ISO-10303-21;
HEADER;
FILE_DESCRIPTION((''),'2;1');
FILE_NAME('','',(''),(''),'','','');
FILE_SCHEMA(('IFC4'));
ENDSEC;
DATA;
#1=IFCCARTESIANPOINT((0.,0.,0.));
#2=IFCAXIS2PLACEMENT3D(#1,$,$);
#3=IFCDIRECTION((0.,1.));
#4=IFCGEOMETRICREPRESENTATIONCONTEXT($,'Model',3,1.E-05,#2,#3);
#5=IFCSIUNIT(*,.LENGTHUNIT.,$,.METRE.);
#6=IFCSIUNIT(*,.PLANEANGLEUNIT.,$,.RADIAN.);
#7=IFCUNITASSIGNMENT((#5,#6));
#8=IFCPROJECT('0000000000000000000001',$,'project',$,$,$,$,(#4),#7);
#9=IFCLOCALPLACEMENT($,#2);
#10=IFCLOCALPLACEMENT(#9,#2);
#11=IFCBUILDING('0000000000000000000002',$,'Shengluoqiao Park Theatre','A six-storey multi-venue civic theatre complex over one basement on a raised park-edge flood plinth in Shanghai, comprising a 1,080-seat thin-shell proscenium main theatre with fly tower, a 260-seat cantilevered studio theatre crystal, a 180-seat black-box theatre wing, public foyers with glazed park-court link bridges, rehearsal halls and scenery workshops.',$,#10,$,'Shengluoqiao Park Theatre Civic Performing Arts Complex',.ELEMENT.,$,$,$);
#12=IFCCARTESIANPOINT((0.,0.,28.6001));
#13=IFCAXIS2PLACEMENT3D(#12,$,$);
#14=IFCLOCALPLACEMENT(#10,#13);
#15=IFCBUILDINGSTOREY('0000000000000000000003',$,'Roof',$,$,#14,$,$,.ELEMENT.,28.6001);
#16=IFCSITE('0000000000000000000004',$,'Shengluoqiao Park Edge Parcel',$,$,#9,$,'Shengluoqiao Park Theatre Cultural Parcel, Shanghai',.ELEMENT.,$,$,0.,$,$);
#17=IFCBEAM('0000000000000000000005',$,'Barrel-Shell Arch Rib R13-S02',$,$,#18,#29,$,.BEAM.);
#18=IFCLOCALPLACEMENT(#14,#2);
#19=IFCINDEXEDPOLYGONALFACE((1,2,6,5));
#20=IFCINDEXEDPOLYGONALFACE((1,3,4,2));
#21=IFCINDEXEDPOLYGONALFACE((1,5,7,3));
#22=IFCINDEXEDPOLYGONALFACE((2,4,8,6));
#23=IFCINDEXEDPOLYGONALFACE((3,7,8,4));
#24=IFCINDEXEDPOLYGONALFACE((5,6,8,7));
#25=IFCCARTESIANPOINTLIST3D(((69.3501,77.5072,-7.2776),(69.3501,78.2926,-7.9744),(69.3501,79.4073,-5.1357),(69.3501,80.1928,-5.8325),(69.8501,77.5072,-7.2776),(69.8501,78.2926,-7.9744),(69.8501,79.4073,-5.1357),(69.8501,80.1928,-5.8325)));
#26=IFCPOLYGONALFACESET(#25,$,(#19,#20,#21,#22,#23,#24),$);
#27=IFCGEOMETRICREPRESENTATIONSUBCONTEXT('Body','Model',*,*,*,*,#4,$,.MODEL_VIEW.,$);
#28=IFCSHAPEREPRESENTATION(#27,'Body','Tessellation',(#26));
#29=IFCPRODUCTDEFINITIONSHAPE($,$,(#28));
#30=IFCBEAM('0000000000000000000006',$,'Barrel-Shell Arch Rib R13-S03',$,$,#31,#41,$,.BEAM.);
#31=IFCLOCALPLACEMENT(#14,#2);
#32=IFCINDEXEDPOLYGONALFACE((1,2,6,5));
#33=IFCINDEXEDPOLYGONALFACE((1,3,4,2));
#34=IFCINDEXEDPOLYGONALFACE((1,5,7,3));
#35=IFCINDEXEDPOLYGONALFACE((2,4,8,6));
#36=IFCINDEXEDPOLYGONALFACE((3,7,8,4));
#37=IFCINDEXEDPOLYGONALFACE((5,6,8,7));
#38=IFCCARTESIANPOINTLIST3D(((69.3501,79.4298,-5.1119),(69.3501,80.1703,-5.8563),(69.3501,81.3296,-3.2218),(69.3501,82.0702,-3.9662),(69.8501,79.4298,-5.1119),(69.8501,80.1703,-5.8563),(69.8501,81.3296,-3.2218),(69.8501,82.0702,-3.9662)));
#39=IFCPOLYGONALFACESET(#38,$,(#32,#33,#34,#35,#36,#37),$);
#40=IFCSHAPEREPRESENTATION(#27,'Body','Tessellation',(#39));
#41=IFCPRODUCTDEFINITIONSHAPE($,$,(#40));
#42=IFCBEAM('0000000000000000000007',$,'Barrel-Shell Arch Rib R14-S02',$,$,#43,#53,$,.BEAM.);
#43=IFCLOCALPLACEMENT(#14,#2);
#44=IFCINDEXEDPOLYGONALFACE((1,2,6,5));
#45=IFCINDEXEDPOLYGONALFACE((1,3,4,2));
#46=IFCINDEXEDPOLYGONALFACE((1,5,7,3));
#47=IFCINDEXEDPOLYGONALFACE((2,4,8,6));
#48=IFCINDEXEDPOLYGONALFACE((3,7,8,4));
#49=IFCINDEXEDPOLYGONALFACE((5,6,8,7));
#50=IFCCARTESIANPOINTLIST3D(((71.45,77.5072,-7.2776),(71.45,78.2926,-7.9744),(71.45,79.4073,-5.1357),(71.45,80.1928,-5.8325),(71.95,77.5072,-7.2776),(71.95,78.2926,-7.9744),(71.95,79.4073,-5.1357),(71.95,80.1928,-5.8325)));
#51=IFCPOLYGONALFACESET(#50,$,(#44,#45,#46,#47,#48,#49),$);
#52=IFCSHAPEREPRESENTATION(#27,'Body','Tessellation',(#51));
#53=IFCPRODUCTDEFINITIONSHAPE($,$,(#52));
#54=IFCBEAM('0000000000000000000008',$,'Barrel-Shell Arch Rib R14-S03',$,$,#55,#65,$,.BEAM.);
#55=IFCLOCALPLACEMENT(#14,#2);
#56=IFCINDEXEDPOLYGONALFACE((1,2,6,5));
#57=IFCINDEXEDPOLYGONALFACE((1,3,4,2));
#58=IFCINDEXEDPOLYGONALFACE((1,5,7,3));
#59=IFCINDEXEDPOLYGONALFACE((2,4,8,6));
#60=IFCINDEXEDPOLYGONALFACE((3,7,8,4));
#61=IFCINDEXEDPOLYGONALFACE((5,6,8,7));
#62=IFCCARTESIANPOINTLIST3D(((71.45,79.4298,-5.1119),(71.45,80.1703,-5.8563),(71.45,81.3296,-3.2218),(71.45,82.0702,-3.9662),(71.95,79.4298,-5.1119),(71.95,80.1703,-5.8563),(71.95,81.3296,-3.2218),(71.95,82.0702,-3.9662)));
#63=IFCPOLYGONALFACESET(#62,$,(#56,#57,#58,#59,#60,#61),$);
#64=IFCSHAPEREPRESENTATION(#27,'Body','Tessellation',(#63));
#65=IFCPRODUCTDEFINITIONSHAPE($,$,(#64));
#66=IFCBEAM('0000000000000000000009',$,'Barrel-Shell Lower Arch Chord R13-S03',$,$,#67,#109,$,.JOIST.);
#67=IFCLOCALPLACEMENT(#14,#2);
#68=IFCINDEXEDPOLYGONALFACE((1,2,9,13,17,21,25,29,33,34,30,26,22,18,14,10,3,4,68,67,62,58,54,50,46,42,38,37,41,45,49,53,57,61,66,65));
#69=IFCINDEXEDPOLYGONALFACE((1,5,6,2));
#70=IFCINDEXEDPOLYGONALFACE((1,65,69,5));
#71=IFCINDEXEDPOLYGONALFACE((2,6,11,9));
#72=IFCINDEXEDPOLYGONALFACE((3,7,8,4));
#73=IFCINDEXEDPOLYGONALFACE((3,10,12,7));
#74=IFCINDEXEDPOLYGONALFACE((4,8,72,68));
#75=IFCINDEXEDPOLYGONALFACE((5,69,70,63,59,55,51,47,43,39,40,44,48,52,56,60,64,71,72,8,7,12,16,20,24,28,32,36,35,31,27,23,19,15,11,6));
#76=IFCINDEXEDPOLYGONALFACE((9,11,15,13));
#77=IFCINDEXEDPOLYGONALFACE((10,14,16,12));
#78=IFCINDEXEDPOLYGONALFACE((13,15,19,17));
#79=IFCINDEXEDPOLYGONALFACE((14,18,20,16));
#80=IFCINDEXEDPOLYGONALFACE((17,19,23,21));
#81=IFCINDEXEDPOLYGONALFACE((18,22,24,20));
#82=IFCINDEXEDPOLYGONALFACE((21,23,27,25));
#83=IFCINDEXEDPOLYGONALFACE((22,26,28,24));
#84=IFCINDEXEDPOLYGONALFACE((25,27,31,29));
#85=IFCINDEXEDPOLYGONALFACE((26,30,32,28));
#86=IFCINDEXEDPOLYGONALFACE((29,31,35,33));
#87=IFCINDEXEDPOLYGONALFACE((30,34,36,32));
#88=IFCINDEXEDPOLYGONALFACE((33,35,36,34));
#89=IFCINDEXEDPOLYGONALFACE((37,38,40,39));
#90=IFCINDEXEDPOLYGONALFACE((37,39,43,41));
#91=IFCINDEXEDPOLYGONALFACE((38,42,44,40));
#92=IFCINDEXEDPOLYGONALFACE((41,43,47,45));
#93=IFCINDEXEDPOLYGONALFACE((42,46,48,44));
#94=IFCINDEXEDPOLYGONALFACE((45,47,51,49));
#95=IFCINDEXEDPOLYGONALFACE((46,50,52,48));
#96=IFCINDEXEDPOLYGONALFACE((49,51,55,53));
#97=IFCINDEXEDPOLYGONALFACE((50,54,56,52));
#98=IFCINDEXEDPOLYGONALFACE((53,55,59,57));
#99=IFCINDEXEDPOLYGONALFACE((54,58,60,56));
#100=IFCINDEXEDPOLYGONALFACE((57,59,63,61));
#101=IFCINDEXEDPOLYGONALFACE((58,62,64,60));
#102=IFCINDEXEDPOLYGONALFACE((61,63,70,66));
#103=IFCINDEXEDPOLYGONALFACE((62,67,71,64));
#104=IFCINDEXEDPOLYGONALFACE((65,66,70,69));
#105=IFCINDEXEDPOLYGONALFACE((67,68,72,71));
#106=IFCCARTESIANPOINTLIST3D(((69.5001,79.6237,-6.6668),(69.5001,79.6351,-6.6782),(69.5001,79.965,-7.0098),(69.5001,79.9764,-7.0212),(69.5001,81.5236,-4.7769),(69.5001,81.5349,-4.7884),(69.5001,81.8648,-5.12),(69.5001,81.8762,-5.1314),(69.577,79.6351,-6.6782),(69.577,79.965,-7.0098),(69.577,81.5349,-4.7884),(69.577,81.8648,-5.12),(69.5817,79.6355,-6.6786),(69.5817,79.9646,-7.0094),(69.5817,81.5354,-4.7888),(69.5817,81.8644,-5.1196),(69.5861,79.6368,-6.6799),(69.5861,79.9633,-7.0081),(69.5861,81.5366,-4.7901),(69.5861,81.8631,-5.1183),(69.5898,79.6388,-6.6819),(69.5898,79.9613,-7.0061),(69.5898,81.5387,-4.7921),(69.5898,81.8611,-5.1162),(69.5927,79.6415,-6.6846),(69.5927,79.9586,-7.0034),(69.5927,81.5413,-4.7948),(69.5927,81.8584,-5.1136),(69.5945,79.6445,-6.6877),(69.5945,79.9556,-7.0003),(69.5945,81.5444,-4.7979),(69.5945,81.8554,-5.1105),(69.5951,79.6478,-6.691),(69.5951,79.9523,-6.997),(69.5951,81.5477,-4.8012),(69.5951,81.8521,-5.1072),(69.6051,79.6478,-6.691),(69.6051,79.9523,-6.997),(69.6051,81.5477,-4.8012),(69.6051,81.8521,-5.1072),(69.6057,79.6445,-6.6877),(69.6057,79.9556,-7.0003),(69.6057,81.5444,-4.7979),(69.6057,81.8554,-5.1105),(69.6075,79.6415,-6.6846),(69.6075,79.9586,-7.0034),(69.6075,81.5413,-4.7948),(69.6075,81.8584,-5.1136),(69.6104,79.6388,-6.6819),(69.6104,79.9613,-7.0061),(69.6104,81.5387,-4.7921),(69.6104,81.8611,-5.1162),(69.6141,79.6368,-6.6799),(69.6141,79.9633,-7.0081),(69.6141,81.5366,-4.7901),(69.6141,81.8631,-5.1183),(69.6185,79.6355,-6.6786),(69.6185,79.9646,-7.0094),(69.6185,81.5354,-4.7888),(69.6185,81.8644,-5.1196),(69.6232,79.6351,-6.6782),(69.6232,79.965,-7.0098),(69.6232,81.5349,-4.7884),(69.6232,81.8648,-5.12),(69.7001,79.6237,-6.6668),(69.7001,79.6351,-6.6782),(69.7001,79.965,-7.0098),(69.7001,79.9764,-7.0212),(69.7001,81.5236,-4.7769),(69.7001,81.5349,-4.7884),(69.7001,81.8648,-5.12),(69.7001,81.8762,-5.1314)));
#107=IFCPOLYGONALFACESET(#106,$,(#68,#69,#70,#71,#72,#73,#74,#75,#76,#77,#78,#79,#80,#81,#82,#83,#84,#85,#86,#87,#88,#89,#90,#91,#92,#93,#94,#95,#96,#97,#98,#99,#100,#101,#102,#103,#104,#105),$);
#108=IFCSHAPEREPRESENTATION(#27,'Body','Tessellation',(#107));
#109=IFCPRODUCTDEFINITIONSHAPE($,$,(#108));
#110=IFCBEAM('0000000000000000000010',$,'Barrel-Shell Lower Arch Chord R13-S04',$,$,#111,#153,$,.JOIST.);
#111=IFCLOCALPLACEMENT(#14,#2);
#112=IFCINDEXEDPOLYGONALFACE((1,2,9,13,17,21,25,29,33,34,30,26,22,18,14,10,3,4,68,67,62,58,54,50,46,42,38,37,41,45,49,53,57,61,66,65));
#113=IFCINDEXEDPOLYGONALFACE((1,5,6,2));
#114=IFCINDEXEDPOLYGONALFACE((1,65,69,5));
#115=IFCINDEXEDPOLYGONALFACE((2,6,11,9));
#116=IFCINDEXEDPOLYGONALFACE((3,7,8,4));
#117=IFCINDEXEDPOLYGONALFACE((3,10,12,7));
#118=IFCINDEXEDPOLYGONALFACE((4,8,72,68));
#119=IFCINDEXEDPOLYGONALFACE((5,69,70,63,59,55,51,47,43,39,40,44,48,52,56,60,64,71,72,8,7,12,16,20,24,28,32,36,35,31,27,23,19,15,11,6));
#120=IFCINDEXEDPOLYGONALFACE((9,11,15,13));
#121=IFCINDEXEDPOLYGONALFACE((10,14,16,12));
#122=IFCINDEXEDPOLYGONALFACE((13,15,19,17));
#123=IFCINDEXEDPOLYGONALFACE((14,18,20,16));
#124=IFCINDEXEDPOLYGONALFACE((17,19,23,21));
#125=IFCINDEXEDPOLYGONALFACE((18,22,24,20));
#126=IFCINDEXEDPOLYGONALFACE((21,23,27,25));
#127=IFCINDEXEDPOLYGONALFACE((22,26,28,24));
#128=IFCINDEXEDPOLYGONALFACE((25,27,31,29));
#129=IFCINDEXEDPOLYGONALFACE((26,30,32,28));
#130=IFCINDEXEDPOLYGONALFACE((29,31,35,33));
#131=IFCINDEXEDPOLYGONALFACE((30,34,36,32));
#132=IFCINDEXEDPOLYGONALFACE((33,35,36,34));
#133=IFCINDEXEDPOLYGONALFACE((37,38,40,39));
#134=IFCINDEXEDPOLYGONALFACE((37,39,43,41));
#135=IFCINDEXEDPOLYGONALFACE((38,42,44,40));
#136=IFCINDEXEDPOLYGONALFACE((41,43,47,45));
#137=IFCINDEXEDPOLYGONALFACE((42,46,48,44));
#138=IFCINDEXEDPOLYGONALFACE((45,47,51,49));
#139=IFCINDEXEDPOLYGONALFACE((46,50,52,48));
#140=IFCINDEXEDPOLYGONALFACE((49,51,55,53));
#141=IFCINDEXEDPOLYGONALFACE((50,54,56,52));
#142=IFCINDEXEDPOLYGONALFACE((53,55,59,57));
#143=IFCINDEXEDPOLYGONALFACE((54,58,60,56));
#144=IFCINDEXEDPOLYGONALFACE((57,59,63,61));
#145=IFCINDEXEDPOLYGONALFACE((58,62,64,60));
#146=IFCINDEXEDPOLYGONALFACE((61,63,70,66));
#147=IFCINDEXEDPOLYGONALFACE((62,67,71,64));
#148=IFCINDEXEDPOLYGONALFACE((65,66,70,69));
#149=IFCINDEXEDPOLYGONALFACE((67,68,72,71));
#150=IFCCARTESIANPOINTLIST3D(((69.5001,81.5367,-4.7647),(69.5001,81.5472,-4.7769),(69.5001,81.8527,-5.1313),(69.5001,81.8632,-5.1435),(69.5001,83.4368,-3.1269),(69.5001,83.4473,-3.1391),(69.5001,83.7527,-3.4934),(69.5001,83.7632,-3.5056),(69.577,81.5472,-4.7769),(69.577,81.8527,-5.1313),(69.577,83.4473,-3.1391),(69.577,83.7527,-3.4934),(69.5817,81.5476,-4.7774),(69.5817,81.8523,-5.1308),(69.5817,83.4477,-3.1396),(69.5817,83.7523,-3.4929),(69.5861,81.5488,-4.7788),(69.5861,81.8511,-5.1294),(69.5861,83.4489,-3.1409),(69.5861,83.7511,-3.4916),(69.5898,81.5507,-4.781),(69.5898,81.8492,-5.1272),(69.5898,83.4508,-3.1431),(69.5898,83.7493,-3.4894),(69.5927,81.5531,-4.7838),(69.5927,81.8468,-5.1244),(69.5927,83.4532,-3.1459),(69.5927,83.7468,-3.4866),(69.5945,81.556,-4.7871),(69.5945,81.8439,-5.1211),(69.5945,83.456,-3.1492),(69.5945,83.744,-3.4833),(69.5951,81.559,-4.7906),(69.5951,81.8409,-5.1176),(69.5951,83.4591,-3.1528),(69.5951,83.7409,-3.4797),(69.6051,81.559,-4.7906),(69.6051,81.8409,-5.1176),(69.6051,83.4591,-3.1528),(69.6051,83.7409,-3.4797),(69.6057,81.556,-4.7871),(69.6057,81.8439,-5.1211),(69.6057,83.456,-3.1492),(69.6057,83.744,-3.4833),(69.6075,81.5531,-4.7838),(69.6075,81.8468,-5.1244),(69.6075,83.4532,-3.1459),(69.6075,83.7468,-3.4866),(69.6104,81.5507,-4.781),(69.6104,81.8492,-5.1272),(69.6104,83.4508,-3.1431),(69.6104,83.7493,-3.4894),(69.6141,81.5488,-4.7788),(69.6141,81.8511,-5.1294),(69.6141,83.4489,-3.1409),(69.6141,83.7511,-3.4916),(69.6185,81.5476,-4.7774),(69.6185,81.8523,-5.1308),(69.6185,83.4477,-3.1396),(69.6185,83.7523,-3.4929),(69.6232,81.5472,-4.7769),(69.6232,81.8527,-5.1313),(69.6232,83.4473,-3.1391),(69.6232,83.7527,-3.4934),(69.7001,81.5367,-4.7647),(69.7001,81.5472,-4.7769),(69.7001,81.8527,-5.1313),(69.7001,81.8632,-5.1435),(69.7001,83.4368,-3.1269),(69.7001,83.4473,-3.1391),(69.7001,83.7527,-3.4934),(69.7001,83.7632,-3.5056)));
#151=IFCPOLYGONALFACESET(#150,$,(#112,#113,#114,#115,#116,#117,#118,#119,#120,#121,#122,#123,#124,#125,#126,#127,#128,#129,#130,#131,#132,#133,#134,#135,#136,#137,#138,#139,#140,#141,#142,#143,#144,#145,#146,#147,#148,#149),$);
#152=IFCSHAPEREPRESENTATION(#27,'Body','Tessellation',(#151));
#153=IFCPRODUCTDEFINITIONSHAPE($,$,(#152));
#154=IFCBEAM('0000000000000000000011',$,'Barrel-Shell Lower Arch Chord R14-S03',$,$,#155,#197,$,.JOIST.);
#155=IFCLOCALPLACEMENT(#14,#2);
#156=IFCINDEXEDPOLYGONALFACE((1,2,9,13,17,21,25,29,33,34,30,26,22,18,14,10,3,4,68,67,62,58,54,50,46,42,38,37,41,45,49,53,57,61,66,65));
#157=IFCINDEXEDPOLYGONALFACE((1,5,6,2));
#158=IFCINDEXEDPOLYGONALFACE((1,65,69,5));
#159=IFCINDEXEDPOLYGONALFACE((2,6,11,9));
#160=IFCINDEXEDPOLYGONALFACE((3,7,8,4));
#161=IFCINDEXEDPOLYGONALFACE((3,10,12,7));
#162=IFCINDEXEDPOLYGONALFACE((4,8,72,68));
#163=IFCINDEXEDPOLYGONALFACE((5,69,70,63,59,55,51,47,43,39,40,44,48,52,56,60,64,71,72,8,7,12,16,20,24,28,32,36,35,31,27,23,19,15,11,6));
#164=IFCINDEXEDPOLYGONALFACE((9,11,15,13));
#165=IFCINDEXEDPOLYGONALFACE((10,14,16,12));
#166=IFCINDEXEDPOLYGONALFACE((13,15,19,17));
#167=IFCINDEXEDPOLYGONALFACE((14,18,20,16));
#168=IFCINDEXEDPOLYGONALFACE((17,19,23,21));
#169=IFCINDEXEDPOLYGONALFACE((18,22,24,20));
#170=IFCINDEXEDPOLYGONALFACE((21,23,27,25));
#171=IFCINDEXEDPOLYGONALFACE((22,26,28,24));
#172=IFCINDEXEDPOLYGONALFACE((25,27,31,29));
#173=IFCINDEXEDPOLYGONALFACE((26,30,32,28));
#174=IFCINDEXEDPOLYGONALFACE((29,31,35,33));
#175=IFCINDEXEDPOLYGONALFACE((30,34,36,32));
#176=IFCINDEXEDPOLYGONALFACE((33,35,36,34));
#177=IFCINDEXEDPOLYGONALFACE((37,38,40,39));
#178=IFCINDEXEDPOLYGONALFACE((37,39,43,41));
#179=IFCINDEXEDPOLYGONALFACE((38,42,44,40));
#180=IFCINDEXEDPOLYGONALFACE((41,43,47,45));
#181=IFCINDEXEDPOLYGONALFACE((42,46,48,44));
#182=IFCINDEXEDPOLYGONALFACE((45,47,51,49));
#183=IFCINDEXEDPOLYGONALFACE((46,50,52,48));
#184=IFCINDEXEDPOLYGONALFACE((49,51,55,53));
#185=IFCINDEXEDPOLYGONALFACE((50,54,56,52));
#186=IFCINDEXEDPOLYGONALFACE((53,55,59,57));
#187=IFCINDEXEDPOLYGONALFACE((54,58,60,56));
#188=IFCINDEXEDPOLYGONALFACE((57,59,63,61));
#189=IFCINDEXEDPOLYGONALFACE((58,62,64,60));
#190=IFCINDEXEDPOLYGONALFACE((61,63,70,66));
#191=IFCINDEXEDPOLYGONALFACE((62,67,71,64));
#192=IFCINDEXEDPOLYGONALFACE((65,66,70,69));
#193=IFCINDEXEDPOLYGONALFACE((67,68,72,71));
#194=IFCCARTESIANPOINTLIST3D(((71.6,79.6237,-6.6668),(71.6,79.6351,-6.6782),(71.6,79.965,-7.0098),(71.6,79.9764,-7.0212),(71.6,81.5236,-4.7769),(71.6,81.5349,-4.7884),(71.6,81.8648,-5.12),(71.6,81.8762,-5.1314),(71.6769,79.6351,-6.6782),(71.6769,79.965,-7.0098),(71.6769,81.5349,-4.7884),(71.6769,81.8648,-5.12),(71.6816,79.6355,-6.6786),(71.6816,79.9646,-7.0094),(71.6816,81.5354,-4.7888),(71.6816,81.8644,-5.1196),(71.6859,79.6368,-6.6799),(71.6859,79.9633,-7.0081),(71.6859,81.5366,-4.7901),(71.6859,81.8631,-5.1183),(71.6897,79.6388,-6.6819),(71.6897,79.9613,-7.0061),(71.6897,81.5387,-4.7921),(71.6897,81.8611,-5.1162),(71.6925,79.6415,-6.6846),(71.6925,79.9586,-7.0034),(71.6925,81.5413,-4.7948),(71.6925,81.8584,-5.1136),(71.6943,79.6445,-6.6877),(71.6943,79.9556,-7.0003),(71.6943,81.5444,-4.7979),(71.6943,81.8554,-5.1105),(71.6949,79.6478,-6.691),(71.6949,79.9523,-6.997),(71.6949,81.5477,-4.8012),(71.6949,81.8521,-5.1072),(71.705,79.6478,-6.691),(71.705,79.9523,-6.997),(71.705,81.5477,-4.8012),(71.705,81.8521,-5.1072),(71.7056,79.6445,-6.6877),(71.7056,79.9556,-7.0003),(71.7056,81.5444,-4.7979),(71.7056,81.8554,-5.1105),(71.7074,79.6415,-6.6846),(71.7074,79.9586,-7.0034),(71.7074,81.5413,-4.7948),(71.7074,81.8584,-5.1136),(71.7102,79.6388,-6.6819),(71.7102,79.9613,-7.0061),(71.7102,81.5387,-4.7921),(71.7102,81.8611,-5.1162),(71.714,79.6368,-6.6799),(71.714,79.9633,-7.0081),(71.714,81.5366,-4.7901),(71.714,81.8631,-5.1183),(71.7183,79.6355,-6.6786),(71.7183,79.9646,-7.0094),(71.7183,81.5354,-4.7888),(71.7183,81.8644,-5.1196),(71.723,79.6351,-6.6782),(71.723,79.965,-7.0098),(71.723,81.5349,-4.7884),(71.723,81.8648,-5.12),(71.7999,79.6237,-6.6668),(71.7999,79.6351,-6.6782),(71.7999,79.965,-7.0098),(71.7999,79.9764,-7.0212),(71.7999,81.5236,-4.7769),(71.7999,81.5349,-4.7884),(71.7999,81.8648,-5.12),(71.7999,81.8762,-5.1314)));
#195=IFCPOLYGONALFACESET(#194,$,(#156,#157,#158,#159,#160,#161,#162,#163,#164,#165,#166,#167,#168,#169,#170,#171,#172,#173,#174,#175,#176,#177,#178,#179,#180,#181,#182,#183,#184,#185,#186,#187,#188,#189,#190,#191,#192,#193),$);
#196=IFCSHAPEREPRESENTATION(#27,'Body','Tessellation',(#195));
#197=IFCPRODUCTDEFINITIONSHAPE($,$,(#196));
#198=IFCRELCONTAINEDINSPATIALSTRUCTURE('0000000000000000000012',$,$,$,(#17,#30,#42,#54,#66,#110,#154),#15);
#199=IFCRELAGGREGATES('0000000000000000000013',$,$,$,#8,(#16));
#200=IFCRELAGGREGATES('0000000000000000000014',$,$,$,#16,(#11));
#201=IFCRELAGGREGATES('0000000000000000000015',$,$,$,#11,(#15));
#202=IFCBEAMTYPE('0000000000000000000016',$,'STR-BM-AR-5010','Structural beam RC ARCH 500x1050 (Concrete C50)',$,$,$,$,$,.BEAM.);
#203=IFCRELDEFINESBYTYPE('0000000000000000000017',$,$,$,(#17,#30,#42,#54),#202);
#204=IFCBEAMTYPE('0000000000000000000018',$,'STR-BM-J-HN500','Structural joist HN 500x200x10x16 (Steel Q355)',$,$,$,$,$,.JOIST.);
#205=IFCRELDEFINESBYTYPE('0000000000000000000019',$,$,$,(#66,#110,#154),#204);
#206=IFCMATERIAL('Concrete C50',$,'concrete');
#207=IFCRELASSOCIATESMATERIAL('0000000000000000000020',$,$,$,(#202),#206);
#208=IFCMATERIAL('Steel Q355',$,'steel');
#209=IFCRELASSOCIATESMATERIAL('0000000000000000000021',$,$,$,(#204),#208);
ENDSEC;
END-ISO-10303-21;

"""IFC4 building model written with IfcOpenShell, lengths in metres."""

from ifc_helpers import new_model, si_unit, direction, frame, origin, origin_2d, place, context, subcontext, project, spatial, rectangle, i_section, extrude, material, material_profile, profile_set, type_object, element, save


model = new_model("IFC4")

# Units and contexts
model_context = context("Model", 3, precision=1e-05, world=origin(), true_north=direction((0.0, 1.0)))
body_context = subcontext(model_context, "Body", "Model", "MODEL_VIEW")
ifc_project = project(units=[si_unit("LENGTHUNIT", "METRE"), si_unit("PLANEANGLEUNIT", "RADIAN")], contexts=[model_context])

# Site, building, storey
site_placement = place(None, origin())
site = spatial("IfcSite", under=ifc_project, at=site_placement, Name="Shengluoqiao Park Edge Parcel", LongName="Shengluoqiao Park Theatre Cultural Parcel, Shanghai", CompositionType="ELEMENT", RefElevation=0.0)
building_placement = place(site_placement, origin())
building = spatial("IfcBuilding", under=site, at=building_placement, Name="Shengluoqiao Park Theatre", Description="A six-storey multi-venue civic theatre complex over one basement on a raised park-edge flood plinth in Shanghai, comprising a 1,080-seat thin-shell proscenium main theatre with fly tower, a 260-seat cantilevered studio theatre crystal, a 180-seat black-box theatre wing, public foyers with glazed park-court link bridges, rehearsal halls and scenery workshops.", LongName="Shengluoqiao Park Theatre Civic Performing Arts Complex", CompositionType="ELEMENT")
storey_placement = place(building_placement, frame((0.0, 0.0, 28.6001)))
storey = spatial("IfcBuildingStorey", under=building, at=storey_placement, Name="Roof", CompositionType="ELEMENT", Elevation=28.6001)

# Beams
ifc_material_1 = material(Name="Concrete C50", Category="concrete")
ifc_material_profile_1 = material_profile(ifc_material_1, rectangle(XDim=0.5, YDim=1.05, at=origin_2d()), Name="RC ARCH 500x1050")
ifc_profile_set_1 = profile_set([ifc_material_profile_1], Name="Concrete C50")
beam_type_1 = type_object("IfcBeamType", Name="STR-BM-AR-5010", Description="Structural beam RC ARCH 500x1050 (Concrete C50)", PredefinedType="BEAM", material=ifc_profile_set_1)
beam_1_placement = place(storey_placement, frame((69.6001, 77.8999, -7.626), z_axis=(0.0, 0.663638, 0.748053), x_axis=(-1.0, 0.0, 0.0)))
element("IfcBeam", 1, at=beam_1_placement, inside=storey, type_object=beam_type_1, Name="Barrel-Shell Arch Rib R13-S02", PredefinedType="BEAM", context=body_context, shape_type="SweptSolid", body=[
    extrude(rectangle(XDim=0.5, YDim=1.05, at=origin_2d()), origin(), (0.0, 0.0, 1.0), 2.8633),
])
beam_2_placement = place(storey_placement, frame((69.6001, 79.8, -5.4841), z_axis=(0.0, 0.708926, 0.705282), x_axis=(-1.0, 0.0, 0.0)))
element("IfcBeam", 2, at=beam_2_placement, inside=storey, type_object=beam_type_1, Name="Barrel-Shell Arch Rib R13-S03", PredefinedType="BEAM", context=body_context, shape_type="SweptSolid", body=[
    extrude(rectangle(XDim=0.5, YDim=1.05, at=origin_2d()), origin(), (0.0, 0.0, 1.0), 2.6799),
])
beam_3_placement = place(storey_placement, frame((71.7, 77.8999, -7.626), z_axis=(0.0, 0.663638, 0.748053), x_axis=(-1.0, 0.0, 0.0)))
element("IfcBeam", 3, at=beam_3_placement, inside=storey, type_object=beam_type_1, Name="Barrel-Shell Arch Rib R14-S02", PredefinedType="BEAM", context=body_context, shape_type="SweptSolid", body=[
    extrude(rectangle(XDim=0.5, YDim=1.05, at=origin_2d()), origin(), (0.0, 0.0, 1.0), 2.8633),
])
beam_4_placement = place(storey_placement, frame((71.7, 79.8, -5.4841), z_axis=(0.0, 0.708926, 0.705282), x_axis=(-1.0, 0.0, 0.0)))
element("IfcBeam", 4, at=beam_4_placement, inside=storey, type_object=beam_type_1, Name="Barrel-Shell Arch Rib R14-S03", PredefinedType="BEAM", context=body_context, shape_type="SweptSolid", body=[
    extrude(rectangle(XDim=0.5, YDim=1.05, at=origin_2d()), origin(), (0.0, 0.0, 1.0), 2.6799),
])
ifc_material_2 = material(Name="Steel Q355", Category="steel")
ifc_material_profile_2 = material_profile(ifc_material_2, i_section(OverallWidth=0.2, OverallDepth=0.5, WebThickness=0.01, FlangeThickness=0.0161, FilletRadius=0.0181, at=origin_2d()), Name="HN 500x200x10x16")
ifc_profile_set_2 = profile_set([ifc_material_profile_2], Name="Steel Q355")
beam_type_2 = type_object("IfcBeamType", Name="STR-BM-J-HN500", Description="Structural joist HN 500x200x10x16 (Steel Q355)", PredefinedType="JOIST", material=ifc_profile_set_2)
beam_5_placement = place(storey_placement, frame((69.6001, 79.8, -6.844), z_axis=(0.0, 0.708972, 0.705237), x_axis=(-1.0, 0.0, 0.0)))
element("IfcBeam", 5, at=beam_5_placement, inside=storey, type_object=beam_type_2, Name="Barrel-Shell Lower Arch Chord R13-S03", PredefinedType="JOIST", context=body_context, shape_type="SweptSolid", body=[
    extrude(i_section(OverallWidth=0.2, OverallDepth=0.5, WebThickness=0.01, FlangeThickness=0.0161, FilletRadius=0.0181, at=origin_2d()), origin(), (0.0, 0.0, 1.0), 2.6797),
])
beam_6_placement = place(storey_placement, frame((69.6001, 81.7, -4.9541), z_axis=(0.0, 0.757433, 0.652913), x_axis=(-1.0, 0.0, 0.0)))
element("IfcBeam", 6, at=beam_6_placement, inside=storey, type_object=beam_type_2, Name="Barrel-Shell Lower Arch Chord R13-S04", PredefinedType="JOIST", context=body_context, shape_type="SweptSolid", body=[
    extrude(i_section(OverallWidth=0.2, OverallDepth=0.5, WebThickness=0.01, FlangeThickness=0.0161, FilletRadius=0.0181, at=origin_2d()), origin(), (0.0, 0.0, 1.0), 2.5085),
])
beam_7_placement = place(storey_placement, frame((71.7, 79.8, -6.844), z_axis=(0.0, 0.708972, 0.705237), x_axis=(-1.0, 0.0, 0.0)))
element("IfcBeam", 7, at=beam_7_placement, inside=storey, type_object=beam_type_2, Name="Barrel-Shell Lower Arch Chord R14-S03", PredefinedType="JOIST", context=body_context, shape_type="SweptSolid", body=[
    extrude(i_section(OverallWidth=0.2, OverallDepth=0.5, WebThickness=0.01, FlangeThickness=0.0161, FilletRadius=0.0181, at=origin_2d()), origin(), (0.0, 0.0, 1.0), 2.6797),
])

save(model, "model.ifc")
